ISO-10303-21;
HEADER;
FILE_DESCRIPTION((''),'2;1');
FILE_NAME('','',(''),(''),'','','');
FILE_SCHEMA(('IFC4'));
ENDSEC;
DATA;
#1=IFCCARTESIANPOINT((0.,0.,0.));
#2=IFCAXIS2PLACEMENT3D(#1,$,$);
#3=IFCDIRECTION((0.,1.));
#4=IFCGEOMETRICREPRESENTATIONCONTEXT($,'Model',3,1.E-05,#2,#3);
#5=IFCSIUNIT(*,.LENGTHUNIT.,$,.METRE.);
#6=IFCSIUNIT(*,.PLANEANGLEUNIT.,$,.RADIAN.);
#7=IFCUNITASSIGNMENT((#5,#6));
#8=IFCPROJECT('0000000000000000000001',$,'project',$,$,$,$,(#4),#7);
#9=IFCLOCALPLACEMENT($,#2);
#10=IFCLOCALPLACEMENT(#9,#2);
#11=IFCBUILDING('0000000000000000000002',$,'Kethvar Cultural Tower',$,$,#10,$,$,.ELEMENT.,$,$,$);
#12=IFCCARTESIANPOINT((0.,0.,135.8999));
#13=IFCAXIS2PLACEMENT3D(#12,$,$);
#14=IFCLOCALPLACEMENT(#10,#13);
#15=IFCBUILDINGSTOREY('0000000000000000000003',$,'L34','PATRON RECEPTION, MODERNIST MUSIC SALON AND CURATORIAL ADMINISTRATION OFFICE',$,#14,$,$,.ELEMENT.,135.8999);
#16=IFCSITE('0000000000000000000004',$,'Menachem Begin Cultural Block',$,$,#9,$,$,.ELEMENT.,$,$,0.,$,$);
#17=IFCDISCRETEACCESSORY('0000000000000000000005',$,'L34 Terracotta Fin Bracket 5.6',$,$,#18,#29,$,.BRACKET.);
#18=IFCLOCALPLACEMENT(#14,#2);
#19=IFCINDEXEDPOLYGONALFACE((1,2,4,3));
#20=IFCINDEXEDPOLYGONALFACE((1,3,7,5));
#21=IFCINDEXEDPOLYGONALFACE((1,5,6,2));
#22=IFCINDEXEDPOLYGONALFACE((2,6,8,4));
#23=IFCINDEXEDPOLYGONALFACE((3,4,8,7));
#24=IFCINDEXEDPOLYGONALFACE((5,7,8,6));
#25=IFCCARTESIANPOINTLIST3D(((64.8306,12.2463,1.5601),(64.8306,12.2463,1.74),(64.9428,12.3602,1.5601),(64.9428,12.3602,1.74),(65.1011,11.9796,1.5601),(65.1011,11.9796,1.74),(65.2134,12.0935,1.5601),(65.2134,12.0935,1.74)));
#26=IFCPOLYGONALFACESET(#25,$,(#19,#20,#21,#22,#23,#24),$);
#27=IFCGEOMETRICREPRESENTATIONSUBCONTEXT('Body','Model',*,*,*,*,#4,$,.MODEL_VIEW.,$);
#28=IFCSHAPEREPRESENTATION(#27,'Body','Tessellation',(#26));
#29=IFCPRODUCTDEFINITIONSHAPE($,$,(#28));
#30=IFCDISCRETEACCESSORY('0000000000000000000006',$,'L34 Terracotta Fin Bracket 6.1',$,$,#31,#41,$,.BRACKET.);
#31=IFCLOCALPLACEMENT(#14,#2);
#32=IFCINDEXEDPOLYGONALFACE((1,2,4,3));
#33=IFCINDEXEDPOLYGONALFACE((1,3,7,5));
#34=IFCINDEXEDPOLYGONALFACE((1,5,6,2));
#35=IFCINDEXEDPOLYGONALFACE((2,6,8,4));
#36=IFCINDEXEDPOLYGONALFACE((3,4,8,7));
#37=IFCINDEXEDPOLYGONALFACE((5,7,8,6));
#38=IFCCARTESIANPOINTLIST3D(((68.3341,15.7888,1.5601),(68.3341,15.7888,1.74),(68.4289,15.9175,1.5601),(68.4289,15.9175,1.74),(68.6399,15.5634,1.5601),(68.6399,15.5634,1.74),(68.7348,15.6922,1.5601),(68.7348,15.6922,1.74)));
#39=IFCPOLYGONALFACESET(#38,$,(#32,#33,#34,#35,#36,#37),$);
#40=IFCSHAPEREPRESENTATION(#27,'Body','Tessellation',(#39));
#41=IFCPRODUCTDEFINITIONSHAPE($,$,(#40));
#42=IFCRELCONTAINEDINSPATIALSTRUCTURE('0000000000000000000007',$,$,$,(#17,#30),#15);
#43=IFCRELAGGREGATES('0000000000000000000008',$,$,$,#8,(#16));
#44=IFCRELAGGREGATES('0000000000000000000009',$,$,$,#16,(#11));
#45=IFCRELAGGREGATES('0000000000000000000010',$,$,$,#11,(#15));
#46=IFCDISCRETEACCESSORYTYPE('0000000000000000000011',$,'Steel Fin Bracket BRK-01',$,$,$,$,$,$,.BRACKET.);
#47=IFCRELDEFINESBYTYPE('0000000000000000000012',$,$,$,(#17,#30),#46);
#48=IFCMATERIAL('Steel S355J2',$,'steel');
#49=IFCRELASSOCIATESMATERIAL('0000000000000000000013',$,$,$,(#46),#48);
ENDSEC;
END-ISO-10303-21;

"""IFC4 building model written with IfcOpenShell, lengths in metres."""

from ifc_helpers import new_model, si_unit, direction, frame, origin, origin_2d, place, context, subcontext, project, spatial, rectangle, extrude, source, transform, mapped, material, type_object, element, save


model = new_model("IFC4")

# Units and contexts
model_context = context("Model", 3, precision=1e-05, world=origin(), true_north=direction((0.0, 1.0)))
body_context = subcontext(model_context, "Body", "Model", "MODEL_VIEW")
ifc_project = project(units=[si_unit("LENGTHUNIT", "METRE"), si_unit("PLANEANGLEUNIT", "RADIAN")], contexts=[model_context])

# Site, building, storey
site_placement = place(None, origin())
site = spatial("IfcSite", under=ifc_project, at=site_placement, Name="Menachem Begin Cultural Block", CompositionType="ELEMENT", RefElevation=0.0)
building_placement = place(site_placement, origin())
building = spatial("IfcBuilding", under=site, at=building_placement, Name="Kethvar Cultural Tower", CompositionType="ELEMENT")
storey_placement = place(building_placement, frame((0.0, 0.0, 135.8999)))
storey = spatial("IfcBuildingStorey", under=building, at=storey_placement, Name="L34", Description="PATRON RECEPTION, MODERNIST MUSIC SALON AND CURATORIAL ADMINISTRATION OFFICE", CompositionType="ELEMENT", Elevation=135.8999)

# Shared definitions
ifc_material_1 = material(Name="Steel S355J2", Category="steel")

# Discrete accessories
discrete_accessory_type = type_object("IfcDiscreteAccessoryType", Name="Steel Fin Bracket BRK-01", PredefinedType="BRACKET", material=ifc_material_1)
shared_shape_1 = source(origin(), body_context, "Body", "SweptSolid", [
    extrude(rectangle(XDim=0.3799, YDim=0.1599, at=origin_2d()), origin(), (0.0, 0.0, 1.0), 0.1799),
])
for number, where, z_axis, x_axis, name in (
    (1, (65.022, 12.1699, 1.5601), (0.0, 0.0, 1.0), (0.712149, -0.702029, 0.0), "L34 Terracotta Fin Bracket 5.6"),
    (2, (68.5344, 15.7405, 1.5601), (0.0, 0.0, 1.0), (0.805101, -0.593138, 0.0), "L34 Terracotta Fin Bracket 6.1"),
):
    element("IfcDiscreteAccessory", number, at=place(storey_placement, frame(where, z_axis=z_axis, x_axis=x_axis)), inside=storey, type_object=discrete_accessory_type, Name=name, PredefinedType="BRACKET", context=body_context, shape_type="MappedRepresentation", body=[
        mapped(shared_shape_1, transform((0.0, 0.0, 0.0), scale=1.0)),
    ])

save(model, "model.ifc")
